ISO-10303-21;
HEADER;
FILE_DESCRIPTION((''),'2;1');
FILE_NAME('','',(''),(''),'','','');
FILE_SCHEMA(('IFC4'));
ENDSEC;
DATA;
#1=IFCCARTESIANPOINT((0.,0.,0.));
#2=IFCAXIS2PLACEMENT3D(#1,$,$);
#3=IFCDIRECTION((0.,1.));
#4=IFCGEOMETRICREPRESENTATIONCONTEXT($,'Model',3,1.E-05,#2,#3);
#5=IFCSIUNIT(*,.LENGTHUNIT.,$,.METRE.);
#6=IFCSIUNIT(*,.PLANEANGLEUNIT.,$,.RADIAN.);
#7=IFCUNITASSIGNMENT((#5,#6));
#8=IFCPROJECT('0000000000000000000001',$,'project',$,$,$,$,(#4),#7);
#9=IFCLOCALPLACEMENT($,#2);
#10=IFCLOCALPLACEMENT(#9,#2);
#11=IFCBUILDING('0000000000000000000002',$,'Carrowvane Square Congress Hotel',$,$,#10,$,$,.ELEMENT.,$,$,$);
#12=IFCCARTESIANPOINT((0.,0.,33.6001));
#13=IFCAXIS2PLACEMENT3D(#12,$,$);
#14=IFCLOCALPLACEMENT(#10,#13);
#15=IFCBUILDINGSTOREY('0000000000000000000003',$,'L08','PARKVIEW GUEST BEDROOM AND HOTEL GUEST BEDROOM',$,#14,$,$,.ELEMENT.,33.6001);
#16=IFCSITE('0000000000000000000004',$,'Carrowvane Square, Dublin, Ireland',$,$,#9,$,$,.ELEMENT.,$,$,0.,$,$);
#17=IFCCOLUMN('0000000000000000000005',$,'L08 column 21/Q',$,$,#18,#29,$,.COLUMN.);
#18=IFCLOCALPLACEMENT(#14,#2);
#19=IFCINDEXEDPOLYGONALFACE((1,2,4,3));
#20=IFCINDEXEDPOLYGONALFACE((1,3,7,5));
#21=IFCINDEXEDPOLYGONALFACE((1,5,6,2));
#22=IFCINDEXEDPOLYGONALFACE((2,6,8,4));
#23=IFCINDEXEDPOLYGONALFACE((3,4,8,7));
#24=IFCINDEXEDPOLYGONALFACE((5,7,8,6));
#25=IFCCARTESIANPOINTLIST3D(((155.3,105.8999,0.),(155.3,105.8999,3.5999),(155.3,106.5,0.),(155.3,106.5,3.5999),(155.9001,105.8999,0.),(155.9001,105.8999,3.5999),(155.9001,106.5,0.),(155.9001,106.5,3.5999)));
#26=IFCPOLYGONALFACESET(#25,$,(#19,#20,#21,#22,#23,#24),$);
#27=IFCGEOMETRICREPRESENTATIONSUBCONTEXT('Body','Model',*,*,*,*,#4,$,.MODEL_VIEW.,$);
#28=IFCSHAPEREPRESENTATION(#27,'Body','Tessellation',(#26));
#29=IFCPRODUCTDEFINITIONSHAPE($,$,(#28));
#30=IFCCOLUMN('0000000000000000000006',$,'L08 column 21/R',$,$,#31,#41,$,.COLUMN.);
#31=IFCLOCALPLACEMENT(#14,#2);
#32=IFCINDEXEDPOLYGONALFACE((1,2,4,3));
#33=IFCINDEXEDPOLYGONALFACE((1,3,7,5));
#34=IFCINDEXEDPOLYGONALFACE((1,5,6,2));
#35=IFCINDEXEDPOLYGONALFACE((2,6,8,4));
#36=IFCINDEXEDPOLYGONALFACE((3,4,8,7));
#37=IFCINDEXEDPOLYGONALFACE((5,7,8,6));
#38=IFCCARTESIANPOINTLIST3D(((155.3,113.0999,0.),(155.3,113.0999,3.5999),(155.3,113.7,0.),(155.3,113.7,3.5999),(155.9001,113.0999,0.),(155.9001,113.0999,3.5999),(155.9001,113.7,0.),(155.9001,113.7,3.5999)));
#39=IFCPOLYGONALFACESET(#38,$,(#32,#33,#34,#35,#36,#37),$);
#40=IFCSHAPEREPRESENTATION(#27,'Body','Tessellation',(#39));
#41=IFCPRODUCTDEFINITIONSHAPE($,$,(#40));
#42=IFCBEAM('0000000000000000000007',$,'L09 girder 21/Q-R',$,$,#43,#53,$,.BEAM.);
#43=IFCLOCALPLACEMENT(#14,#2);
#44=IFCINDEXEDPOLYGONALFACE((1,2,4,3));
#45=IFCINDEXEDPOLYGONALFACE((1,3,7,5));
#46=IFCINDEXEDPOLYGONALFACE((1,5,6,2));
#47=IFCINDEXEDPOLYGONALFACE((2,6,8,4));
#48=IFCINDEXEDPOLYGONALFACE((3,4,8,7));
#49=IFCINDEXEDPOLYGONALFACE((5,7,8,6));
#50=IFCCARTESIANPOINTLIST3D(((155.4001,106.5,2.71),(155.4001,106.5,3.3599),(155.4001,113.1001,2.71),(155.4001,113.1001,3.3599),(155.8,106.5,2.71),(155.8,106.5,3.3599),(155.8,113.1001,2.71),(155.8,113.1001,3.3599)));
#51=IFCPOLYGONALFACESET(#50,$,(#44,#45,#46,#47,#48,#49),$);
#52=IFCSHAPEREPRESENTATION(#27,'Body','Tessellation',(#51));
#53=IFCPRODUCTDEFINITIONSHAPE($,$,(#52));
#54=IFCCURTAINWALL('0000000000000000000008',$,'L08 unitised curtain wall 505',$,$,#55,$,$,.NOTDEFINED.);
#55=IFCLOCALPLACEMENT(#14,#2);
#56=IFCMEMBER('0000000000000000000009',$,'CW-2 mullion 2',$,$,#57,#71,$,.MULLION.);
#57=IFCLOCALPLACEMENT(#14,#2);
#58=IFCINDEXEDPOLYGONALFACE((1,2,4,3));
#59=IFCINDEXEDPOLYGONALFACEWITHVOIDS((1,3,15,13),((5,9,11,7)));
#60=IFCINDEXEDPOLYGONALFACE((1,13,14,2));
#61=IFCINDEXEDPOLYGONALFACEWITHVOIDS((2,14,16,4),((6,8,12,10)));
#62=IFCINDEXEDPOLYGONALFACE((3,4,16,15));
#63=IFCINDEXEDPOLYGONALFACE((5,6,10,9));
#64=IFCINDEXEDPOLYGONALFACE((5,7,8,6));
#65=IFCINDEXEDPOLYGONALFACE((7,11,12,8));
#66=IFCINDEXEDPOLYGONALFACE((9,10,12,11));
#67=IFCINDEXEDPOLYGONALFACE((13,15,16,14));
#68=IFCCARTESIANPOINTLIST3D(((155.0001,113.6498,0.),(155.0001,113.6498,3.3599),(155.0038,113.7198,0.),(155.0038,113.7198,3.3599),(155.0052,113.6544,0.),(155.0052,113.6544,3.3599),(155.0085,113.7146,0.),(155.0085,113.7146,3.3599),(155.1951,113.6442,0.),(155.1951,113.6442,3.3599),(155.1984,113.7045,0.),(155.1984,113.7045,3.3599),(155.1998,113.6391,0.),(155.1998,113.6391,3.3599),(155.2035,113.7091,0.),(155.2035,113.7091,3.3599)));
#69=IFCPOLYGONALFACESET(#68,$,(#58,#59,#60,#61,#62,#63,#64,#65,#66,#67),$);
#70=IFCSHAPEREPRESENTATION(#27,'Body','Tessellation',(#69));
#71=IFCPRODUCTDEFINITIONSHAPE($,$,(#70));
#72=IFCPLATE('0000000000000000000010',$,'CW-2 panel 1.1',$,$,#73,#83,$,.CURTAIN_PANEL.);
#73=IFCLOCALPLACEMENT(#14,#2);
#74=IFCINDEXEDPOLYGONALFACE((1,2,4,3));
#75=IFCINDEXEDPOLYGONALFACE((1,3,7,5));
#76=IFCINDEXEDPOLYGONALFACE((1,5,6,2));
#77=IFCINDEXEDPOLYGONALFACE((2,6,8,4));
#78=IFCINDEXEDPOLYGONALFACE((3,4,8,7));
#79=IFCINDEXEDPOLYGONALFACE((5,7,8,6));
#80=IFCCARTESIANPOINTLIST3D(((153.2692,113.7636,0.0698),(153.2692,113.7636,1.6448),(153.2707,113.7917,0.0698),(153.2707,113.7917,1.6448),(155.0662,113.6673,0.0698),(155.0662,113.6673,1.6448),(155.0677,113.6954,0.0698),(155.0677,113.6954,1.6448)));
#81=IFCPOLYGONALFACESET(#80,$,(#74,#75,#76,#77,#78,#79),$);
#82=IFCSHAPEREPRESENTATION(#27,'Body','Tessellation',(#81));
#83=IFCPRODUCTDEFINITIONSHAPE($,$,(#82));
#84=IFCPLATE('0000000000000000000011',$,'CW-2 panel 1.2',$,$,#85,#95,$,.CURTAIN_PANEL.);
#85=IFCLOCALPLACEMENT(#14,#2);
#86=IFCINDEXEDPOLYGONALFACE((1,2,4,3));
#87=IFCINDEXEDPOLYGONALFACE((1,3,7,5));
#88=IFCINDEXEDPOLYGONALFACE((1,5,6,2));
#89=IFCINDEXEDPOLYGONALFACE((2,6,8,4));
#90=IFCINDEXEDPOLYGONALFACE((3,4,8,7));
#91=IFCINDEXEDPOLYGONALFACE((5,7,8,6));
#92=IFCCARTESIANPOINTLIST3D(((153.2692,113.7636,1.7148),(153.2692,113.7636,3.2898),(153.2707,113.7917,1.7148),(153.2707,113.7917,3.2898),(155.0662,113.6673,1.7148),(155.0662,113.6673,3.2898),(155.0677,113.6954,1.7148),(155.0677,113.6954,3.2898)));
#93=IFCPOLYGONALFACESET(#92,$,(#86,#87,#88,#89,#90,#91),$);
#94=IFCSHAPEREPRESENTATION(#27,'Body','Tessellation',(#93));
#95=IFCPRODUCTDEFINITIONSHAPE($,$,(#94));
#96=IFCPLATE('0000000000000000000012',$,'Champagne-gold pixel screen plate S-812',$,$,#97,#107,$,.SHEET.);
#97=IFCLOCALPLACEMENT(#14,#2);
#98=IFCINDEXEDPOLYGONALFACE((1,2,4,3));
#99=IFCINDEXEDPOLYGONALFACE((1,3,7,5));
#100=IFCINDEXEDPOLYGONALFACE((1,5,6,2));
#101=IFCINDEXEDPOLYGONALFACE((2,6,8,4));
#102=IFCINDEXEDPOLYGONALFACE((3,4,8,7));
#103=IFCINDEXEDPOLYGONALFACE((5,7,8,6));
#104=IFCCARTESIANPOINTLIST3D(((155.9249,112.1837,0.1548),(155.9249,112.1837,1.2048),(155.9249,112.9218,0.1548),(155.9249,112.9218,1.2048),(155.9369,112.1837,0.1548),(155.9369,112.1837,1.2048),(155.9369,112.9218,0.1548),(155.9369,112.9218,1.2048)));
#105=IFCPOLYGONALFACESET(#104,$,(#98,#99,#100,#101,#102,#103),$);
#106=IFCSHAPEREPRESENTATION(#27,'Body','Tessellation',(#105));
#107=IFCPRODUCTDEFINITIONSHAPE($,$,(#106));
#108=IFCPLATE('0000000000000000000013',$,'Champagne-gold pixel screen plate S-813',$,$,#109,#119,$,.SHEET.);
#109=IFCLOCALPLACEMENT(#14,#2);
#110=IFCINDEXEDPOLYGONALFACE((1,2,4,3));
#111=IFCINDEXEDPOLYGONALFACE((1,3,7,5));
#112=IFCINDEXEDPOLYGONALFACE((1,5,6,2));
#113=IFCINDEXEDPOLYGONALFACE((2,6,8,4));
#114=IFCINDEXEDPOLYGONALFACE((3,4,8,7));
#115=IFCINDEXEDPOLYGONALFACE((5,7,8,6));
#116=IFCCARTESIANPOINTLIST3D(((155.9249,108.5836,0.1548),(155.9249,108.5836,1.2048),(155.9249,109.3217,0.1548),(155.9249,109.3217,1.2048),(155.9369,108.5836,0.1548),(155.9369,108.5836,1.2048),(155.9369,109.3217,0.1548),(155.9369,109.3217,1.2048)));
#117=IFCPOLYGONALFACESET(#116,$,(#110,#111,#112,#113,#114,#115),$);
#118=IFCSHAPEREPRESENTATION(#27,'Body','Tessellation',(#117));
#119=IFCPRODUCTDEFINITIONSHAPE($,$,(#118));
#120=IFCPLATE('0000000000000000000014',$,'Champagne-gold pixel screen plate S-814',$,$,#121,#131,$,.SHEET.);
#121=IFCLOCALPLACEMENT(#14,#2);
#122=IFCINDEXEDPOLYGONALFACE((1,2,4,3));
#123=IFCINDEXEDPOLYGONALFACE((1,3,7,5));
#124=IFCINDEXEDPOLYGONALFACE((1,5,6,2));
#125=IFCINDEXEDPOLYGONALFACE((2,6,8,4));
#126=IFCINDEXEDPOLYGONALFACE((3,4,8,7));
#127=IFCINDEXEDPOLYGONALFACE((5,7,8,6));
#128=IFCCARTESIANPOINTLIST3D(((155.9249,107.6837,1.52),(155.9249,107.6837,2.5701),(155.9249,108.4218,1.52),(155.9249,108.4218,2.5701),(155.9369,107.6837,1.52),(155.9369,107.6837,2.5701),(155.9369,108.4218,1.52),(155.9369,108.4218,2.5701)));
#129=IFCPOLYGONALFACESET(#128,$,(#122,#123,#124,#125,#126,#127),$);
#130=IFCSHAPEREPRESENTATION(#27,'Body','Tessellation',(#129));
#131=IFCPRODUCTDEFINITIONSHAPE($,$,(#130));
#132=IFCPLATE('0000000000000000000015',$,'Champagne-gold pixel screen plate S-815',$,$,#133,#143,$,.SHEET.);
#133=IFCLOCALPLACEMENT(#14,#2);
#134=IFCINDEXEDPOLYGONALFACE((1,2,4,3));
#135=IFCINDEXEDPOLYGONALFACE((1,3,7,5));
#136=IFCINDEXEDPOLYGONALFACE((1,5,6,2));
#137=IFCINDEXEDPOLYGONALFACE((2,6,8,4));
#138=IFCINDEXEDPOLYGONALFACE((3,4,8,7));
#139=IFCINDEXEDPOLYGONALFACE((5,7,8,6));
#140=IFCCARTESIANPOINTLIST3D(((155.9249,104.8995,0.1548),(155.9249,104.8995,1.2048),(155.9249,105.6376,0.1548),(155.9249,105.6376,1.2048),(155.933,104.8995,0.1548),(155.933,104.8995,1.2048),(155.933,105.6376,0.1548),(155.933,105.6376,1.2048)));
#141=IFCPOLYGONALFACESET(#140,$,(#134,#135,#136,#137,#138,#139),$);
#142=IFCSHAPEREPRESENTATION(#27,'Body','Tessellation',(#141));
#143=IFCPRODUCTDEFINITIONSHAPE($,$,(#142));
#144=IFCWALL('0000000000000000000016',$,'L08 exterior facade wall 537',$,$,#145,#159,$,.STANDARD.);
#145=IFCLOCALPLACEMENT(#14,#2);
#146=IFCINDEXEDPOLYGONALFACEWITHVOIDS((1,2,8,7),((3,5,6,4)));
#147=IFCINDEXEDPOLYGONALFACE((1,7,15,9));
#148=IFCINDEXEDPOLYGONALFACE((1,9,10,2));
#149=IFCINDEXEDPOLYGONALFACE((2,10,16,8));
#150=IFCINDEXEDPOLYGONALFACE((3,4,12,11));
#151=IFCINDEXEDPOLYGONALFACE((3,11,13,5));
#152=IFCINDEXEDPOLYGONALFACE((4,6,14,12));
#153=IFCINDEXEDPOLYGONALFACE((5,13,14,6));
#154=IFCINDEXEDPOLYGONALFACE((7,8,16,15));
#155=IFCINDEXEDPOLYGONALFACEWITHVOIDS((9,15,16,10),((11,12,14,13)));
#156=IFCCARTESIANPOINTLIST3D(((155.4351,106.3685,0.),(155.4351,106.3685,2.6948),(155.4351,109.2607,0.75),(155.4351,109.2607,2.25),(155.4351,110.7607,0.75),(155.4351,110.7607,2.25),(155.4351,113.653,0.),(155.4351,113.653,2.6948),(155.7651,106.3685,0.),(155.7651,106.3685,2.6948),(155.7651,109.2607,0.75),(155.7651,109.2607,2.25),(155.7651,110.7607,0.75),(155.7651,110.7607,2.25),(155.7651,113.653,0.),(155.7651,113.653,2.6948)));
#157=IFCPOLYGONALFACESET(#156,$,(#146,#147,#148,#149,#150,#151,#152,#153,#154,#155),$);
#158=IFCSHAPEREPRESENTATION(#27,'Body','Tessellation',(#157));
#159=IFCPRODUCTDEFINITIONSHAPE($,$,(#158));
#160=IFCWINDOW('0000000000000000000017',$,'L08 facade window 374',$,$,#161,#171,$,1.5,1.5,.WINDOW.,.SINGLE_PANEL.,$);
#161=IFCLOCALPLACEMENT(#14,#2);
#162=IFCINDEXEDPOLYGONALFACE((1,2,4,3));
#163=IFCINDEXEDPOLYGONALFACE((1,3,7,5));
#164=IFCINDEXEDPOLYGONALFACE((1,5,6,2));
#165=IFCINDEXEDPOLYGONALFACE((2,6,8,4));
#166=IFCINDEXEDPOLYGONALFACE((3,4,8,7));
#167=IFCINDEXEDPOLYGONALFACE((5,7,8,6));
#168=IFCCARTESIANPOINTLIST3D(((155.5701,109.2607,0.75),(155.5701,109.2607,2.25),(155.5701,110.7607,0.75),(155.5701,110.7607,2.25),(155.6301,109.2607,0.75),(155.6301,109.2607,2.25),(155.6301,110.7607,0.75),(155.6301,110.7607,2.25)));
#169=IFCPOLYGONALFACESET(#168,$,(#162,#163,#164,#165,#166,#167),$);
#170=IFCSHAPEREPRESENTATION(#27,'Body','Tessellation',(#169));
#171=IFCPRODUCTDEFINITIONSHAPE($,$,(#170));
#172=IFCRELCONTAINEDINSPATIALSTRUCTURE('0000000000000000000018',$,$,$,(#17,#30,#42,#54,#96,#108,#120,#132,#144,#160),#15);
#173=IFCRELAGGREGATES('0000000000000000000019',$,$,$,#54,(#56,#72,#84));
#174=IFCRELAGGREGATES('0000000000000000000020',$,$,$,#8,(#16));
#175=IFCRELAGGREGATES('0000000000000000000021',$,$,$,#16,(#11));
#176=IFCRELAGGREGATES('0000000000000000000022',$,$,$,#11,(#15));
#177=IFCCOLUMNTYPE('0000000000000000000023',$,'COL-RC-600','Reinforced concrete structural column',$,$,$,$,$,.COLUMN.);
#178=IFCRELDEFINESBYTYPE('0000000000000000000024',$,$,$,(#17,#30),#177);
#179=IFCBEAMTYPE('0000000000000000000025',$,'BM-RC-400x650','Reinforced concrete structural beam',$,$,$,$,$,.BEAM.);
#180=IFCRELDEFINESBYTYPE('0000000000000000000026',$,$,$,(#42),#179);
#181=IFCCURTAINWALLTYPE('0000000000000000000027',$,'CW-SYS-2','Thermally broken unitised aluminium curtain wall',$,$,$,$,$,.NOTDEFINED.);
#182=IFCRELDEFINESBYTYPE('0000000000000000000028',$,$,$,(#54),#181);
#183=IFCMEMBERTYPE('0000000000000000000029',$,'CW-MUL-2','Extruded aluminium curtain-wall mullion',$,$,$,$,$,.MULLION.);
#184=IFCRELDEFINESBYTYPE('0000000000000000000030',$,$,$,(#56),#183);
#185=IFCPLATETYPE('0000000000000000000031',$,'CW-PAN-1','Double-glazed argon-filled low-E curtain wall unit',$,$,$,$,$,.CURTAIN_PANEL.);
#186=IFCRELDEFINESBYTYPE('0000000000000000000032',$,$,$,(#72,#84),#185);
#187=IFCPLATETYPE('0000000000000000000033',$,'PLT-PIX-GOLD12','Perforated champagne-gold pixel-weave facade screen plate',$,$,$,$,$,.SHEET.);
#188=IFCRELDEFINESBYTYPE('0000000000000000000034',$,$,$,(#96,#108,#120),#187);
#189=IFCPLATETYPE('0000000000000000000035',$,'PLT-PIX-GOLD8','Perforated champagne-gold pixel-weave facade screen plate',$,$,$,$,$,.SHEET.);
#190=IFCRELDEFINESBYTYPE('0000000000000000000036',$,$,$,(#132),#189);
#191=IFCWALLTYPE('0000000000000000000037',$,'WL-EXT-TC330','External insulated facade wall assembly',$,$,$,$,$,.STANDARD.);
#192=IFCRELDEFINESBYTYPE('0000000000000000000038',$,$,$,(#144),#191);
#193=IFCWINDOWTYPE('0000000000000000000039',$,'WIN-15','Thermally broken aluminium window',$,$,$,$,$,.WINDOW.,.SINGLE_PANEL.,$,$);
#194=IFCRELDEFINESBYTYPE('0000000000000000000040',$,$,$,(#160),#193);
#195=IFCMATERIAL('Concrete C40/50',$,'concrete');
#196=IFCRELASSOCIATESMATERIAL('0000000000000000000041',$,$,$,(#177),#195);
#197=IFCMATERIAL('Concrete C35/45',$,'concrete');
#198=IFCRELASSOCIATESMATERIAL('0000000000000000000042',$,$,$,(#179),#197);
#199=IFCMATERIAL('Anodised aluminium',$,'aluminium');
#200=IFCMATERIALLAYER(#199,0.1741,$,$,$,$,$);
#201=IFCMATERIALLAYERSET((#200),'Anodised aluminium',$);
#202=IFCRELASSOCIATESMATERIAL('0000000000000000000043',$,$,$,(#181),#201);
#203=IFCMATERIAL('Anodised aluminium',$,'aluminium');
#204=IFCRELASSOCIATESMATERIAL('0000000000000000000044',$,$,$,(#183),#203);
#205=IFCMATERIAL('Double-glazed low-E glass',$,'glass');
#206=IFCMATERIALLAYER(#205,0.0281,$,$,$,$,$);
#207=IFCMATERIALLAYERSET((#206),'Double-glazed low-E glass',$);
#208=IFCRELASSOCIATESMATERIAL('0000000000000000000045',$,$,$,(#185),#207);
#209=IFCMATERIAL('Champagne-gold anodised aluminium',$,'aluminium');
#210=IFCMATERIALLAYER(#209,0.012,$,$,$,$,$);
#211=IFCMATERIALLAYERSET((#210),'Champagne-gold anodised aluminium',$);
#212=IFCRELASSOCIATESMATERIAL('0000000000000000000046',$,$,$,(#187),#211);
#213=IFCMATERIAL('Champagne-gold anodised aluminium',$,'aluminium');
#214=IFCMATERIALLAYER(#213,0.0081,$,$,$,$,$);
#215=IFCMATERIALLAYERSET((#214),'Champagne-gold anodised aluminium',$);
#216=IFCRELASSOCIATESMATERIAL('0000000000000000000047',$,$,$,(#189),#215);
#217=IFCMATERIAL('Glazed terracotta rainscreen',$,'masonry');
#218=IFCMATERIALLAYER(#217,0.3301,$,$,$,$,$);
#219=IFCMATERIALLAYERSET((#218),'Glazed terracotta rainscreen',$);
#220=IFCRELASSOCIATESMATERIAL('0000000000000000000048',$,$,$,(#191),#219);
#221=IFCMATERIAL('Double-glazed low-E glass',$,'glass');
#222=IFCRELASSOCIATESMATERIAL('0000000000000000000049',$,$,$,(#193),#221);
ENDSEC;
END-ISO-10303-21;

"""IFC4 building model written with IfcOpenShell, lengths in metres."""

from ifc_helpers import new_model, si_unit, direction, frame, frame_2d, origin, origin_2d, place, context, subcontext, project, spatial, rectangle, hollow_rectangle, extrude, material, layer, layer_set, material_profile, profile_set, type_object, element, fill, aggregate, save


model = new_model("IFC4")

# Units and contexts
model_context = context("Model", 3, precision=1e-05, world=origin(), true_north=direction((0.0, 1.0)))
body_context = subcontext(model_context, "Body", "Model", "MODEL_VIEW")
ifc_project = project(units=[si_unit("LENGTHUNIT", "METRE"), si_unit("PLANEANGLEUNIT", "RADIAN")], contexts=[model_context])

# Site, building, storey
site_placement = place(None, origin())
site = spatial("IfcSite", under=ifc_project, at=site_placement, Name="Carrowvane Square, Dublin, Ireland", CompositionType="ELEMENT", RefElevation=0.0)
building_placement = place(site_placement, origin())
building = spatial("IfcBuilding", under=site, at=building_placement, Name="Carrowvane Square Congress Hotel", CompositionType="ELEMENT")
storey_placement = place(building_placement, frame((0.0, 0.0, 33.6001)))
storey = spatial("IfcBuildingStorey", under=building, at=storey_placement, Name="L08", Description="PARKVIEW GUEST BEDROOM AND HOTEL GUEST BEDROOM", CompositionType="ELEMENT", Elevation=33.6001)

# Columns
ifc_material_1 = material(Name="Concrete C40/50", Category="concrete")
ifc_material_profile_1 = material_profile(ifc_material_1, rectangle(XDim=0.6001, YDim=0.6001, at=origin_2d()), Name="RC 600x600")
ifc_profile_set_1 = profile_set([ifc_material_profile_1], Name="Concrete C40/50")
column_type = type_object("IfcColumnType", Name="COL-RC-600", Description="Reinforced concrete structural column", PredefinedType="COLUMN", material=ifc_profile_set_1)
for number, where, z_axis, x_axis, name in (
    (1, (155.6001, 106.2, 0.0), (0.0, 0.0, 1.0), (1.0, 0.0, 0.0), "L08 column 21/Q"),
    (2, (155.6001, 113.3999, 0.0), (0.0, 0.0, 1.0), (1.0, 0.0, 0.0), "L08 column 21/R"),
):
    element("IfcColumn", number, at=place(storey_placement, frame(where, z_axis=z_axis, x_axis=x_axis)), inside=storey, type_object=column_type, Name=name, PredefinedType="COLUMN", context=body_context, shape_type="SweptSolid", body=[
        extrude(rectangle(XDim=0.6001, YDim=0.6001, at=origin_2d()), origin(), (0.0, 0.0, 1.0), 3.5999),
    ])

# Beam
ifc_material_2 = material(Name="Concrete C35/45", Category="concrete")
ifc_material_profile_2 = material_profile(ifc_material_2, rectangle(XDim=0.3999, YDim=0.6499, at=origin_2d()), Name="RC 400x650")
ifc_profile_set_2 = profile_set([ifc_material_profile_2], Name="Concrete C35/45")
beam_type = type_object("IfcBeamType", Name="BM-RC-400x650", Description="Reinforced concrete structural beam", PredefinedType="BEAM", material=ifc_profile_set_2)
beam_placement = place(storey_placement, frame((155.6001, 106.5, 3.0349), z_axis=(0.0, 1.0, 0.0), x_axis=(-1.0, 0.0, 0.0)))
element("IfcBeam", 3, at=beam_placement, inside=storey, type_object=beam_type, Name="L09 girder 21/Q-R", PredefinedType="BEAM", context=body_context, shape_type="SweptSolid", body=[
    extrude(rectangle(XDim=0.3999, YDim=0.6499, at=origin_2d()), origin(), (0.0, 0.0, 1.0), 6.6001),
])

# Curtain wall, member, plates
ifc_material_3 = material(Name="Anodised aluminium", Category="aluminium")
ifc_layer_1 = layer(ifc_material_3, 0.1741)
ifc_layer_set_1 = layer_set([ifc_layer_1], Name="Anodised aluminium")
curtain_wall_type = type_object("IfcCurtainWallType", Name="CW-SYS-2", Description="Thermally broken unitised aluminium curtain wall", PredefinedType="NOTDEFINED", material=ifc_layer_set_1)
curtain_wall_placement = place(storey_placement, origin())
curtain_wall = element("IfcCurtainWall", 4, at=curtain_wall_placement, inside=storey, type_object=curtain_wall_type, Name="L08 unitised curtain wall 505", PredefinedType="NOTDEFINED")
ifc_material_4 = material(Name="Anodised aluminium", Category="aluminium")
ifc_material_profile_3 = material_profile(ifc_material_4, hollow_rectangle(XDim=0.0701, YDim=0.2, WallThickness=0.0049, at=origin_2d()), Name="CW-ML 70x200x5")
ifc_profile_set_3 = profile_set([ifc_material_profile_3], Name="Anodised aluminium")
member_type = type_object("IfcMemberType", Name="CW-MUL-2", Description="Extruded aluminium curtain-wall mullion", PredefinedType="MULLION", material=ifc_profile_set_3)
member_placement = place(storey_placement, frame((155.1018, 113.6794, 0.0), z_axis=(0.0, 0.0, 1.0), x_axis=(0.053516, 0.998567, 0.0)))
member = element("IfcMember", 5, at=member_placement, type_object=member_type, Name="CW-2 mullion 2", PredefinedType="MULLION", context=body_context, shape_type="SweptSolid", body=[
    extrude(hollow_rectangle(XDim=0.0701, YDim=0.2, WallThickness=0.0049, at=origin_2d()), origin(), (0.0, 0.0, 1.0), 3.3599),
])
ifc_material_5 = material(Name="Double-glazed low-E glass", Category="glass")
ifc_layer_2 = layer(ifc_material_5, 0.0281)
ifc_layer_set_2 = layer_set([ifc_layer_2], Name="Double-glazed low-E glass")
plate_type_1 = type_object("IfcPlateType", Name="CW-PAN-1", Description="Double-glazed argon-filled low-E curtain wall unit", PredefinedType="CURTAIN_PANEL", material=ifc_layer_set_2)
plate_1_placement = place(storey_placement, frame((154.1685, 113.7295, 0.0698), z_axis=(0.0, 0.0, 1.0), x_axis=(0.998567, -0.053516, 0.0)))
plate_1 = element("IfcPlate", 6, at=plate_1_placement, type_object=plate_type_1, Name="CW-2 panel 1.1", PredefinedType="CURTAIN_PANEL", context=body_context, shape_type="SweptSolid", body=[
    extrude(rectangle(XDim=1.7996, YDim=0.0281, at=origin_2d()), origin(), (0.0, 0.0, 1.0), 1.575),
])
plate_2_placement = place(storey_placement, frame((154.1685, 113.7295, 1.7148), z_axis=(0.0, 0.0, 1.0), x_axis=(0.998567, -0.053516, 0.0)))
plate_2 = element("IfcPlate", 7, at=plate_2_placement, type_object=plate_type_1, Name="CW-2 panel 1.2", PredefinedType="CURTAIN_PANEL", context=body_context, shape_type="SweptSolid", body=[
    extrude(rectangle(XDim=1.7996, YDim=0.0281, at=origin_2d()), origin(), (0.0, 0.0, 1.0), 1.575),
])
aggregate(curtain_wall, [member, plate_1, plate_2])

# Plates
ifc_material_6 = material(Name="Champagne-gold anodised aluminium", Category="aluminium")
ifc_layer_3 = layer(ifc_material_6, 0.012)
ifc_layer_set_3 = layer_set([ifc_layer_3], Name="Champagne-gold anodised aluminium")
plate_type_2 = type_object("IfcPlateType", Name="PLT-PIX-GOLD12", Description="Perforated champagne-gold pixel-weave facade screen plate", PredefinedType="SHEET", material=ifc_layer_set_3)
for number, where, z_axis, x_axis, name in (
    (8, (155.9309, 112.5527, 0.1548), (0.0, 0.0, 1.0), (0.0, -1.0, 0.0), "Champagne-gold pixel screen plate S-812"),
    (9, (155.9309, 108.9526, 0.1548), (0.0, 0.0, 1.0), (0.0, -1.0, 0.0), "Champagne-gold pixel screen plate S-813"),
    (10, (155.9309, 108.0527, 1.52), (0.0, 0.0, 1.0), (0.0, -1.0, 0.0), "Champagne-gold pixel screen plate S-814"),
):
    element("IfcPlate", number, at=place(storey_placement, frame(where, z_axis=z_axis, x_axis=x_axis)), inside=storey, type_object=plate_type_2, Name=name, PredefinedType="SHEET", context=body_context, shape_type="SweptSolid", body=[
        extrude(rectangle(XDim=0.738, YDim=0.012, at=origin_2d()), origin(), (0.0, 0.0, 1.0), 1.05),
    ])
ifc_material_7 = material(Name="Champagne-gold anodised aluminium", Category="aluminium")
ifc_layer_4 = layer(ifc_material_7, 0.0081)
ifc_layer_set_4 = layer_set([ifc_layer_4], Name="Champagne-gold anodised aluminium")
plate_type_3 = type_object("IfcPlateType", Name="PLT-PIX-GOLD8", Description="Perforated champagne-gold pixel-weave facade screen plate", PredefinedType="SHEET", material=ifc_layer_set_4)
plate_3_placement = place(storey_placement, frame((155.929, 105.2686, 0.1548), z_axis=(0.0, 0.0, 1.0), x_axis=(0.0, -1.0, 0.0)))
element("IfcPlate", 11, at=plate_3_placement, inside=storey, type_object=plate_type_3, Name="Champagne-gold pixel screen plate S-815", PredefinedType="SHEET", context=body_context, shape_type="SweptSolid", body=[
    extrude(rectangle(XDim=0.738, YDim=0.0081, at=origin_2d()), origin(), (0.0, 0.0, 1.0), 1.05),
])

# Wall, opening, window
ifc_material_8 = material(Name="Glazed terracotta rainscreen", Category="masonry")
ifc_layer_5 = layer(ifc_material_8, 0.3301)
ifc_layer_set_5 = layer_set([ifc_layer_5], Name="Glazed terracotta rainscreen")
wall_type_1 = type_object("IfcWallType", Name="WL-EXT-TC330", Description="External insulated facade wall assembly", PredefinedType="STANDARD", material=ifc_layer_set_5)
wall_1_placement = place(storey_placement, frame((155.6001, 113.6528, 0.0), z_axis=(0.0, 0.0, 1.0), x_axis=(0.0, -1.0, 0.0)))
wall_1 = element("IfcWall", 12, at=wall_1_placement, inside=storey, type_object=wall_type_1, Name="L08 exterior facade wall 537", PredefinedType="STANDARD", context=body_context, shape_type="SweptSolid", body=[
    extrude(rectangle(XDim=7.2844, YDim=0.3301, at=frame_2d((3.6421, 0.0))), origin(), (0.0, 0.0, 1.0), 2.6948),
])
opening_1_placement = place(wall_1_placement, frame((2.8921, 0.0, 0.75)))
opening_1 = element("IfcOpeningElement", 13, at=opening_1_placement, cuts=wall_1, PredefinedType="OPENING", context=body_context, shape_type="SweptSolid", body=[
    extrude(rectangle(XDim=1.5, YDim=1.5, at=frame_2d((0.75, 0.75))), frame((0.0, 0.175, 0.0), z_axis=(0.0, -1.0, 0.0), x_axis=(1.0, 0.0, 0.0)), (0.0, 0.0, 1.0), 0.3501),
])
ifc_material_9 = material(Name="Double-glazed low-E glass", Category="glass")
window_type = type_object("IfcWindowType", Name="WIN-15", Description="Thermally broken aluminium window", PartitioningType="SINGLE_PANEL", PredefinedType="WINDOW", material=ifc_material_9)
window_1_placement = place(opening_1_placement, origin())
window_1 = element("IfcWindow", 14, at=window_1_placement, inside=storey, type_object=window_type, Name="L08 facade window 374", OverallHeight=1.5, OverallWidth=1.5, PartitioningType="SINGLE_PANEL", PredefinedType="WINDOW", context=body_context, shape_type="SweptSolid", body=[
    extrude(rectangle(XDim=1.5, YDim=1.5, at=frame_2d((0.75, 0.75))), frame((0.0, 0.03, 0.0), z_axis=(0.0, -1.0, 0.0), x_axis=(1.0, 0.0, 0.0)), (0.0, 0.0, 1.0), 0.0601),
])
fill(opening_1, window_1)

save(model, "model.ifc")
